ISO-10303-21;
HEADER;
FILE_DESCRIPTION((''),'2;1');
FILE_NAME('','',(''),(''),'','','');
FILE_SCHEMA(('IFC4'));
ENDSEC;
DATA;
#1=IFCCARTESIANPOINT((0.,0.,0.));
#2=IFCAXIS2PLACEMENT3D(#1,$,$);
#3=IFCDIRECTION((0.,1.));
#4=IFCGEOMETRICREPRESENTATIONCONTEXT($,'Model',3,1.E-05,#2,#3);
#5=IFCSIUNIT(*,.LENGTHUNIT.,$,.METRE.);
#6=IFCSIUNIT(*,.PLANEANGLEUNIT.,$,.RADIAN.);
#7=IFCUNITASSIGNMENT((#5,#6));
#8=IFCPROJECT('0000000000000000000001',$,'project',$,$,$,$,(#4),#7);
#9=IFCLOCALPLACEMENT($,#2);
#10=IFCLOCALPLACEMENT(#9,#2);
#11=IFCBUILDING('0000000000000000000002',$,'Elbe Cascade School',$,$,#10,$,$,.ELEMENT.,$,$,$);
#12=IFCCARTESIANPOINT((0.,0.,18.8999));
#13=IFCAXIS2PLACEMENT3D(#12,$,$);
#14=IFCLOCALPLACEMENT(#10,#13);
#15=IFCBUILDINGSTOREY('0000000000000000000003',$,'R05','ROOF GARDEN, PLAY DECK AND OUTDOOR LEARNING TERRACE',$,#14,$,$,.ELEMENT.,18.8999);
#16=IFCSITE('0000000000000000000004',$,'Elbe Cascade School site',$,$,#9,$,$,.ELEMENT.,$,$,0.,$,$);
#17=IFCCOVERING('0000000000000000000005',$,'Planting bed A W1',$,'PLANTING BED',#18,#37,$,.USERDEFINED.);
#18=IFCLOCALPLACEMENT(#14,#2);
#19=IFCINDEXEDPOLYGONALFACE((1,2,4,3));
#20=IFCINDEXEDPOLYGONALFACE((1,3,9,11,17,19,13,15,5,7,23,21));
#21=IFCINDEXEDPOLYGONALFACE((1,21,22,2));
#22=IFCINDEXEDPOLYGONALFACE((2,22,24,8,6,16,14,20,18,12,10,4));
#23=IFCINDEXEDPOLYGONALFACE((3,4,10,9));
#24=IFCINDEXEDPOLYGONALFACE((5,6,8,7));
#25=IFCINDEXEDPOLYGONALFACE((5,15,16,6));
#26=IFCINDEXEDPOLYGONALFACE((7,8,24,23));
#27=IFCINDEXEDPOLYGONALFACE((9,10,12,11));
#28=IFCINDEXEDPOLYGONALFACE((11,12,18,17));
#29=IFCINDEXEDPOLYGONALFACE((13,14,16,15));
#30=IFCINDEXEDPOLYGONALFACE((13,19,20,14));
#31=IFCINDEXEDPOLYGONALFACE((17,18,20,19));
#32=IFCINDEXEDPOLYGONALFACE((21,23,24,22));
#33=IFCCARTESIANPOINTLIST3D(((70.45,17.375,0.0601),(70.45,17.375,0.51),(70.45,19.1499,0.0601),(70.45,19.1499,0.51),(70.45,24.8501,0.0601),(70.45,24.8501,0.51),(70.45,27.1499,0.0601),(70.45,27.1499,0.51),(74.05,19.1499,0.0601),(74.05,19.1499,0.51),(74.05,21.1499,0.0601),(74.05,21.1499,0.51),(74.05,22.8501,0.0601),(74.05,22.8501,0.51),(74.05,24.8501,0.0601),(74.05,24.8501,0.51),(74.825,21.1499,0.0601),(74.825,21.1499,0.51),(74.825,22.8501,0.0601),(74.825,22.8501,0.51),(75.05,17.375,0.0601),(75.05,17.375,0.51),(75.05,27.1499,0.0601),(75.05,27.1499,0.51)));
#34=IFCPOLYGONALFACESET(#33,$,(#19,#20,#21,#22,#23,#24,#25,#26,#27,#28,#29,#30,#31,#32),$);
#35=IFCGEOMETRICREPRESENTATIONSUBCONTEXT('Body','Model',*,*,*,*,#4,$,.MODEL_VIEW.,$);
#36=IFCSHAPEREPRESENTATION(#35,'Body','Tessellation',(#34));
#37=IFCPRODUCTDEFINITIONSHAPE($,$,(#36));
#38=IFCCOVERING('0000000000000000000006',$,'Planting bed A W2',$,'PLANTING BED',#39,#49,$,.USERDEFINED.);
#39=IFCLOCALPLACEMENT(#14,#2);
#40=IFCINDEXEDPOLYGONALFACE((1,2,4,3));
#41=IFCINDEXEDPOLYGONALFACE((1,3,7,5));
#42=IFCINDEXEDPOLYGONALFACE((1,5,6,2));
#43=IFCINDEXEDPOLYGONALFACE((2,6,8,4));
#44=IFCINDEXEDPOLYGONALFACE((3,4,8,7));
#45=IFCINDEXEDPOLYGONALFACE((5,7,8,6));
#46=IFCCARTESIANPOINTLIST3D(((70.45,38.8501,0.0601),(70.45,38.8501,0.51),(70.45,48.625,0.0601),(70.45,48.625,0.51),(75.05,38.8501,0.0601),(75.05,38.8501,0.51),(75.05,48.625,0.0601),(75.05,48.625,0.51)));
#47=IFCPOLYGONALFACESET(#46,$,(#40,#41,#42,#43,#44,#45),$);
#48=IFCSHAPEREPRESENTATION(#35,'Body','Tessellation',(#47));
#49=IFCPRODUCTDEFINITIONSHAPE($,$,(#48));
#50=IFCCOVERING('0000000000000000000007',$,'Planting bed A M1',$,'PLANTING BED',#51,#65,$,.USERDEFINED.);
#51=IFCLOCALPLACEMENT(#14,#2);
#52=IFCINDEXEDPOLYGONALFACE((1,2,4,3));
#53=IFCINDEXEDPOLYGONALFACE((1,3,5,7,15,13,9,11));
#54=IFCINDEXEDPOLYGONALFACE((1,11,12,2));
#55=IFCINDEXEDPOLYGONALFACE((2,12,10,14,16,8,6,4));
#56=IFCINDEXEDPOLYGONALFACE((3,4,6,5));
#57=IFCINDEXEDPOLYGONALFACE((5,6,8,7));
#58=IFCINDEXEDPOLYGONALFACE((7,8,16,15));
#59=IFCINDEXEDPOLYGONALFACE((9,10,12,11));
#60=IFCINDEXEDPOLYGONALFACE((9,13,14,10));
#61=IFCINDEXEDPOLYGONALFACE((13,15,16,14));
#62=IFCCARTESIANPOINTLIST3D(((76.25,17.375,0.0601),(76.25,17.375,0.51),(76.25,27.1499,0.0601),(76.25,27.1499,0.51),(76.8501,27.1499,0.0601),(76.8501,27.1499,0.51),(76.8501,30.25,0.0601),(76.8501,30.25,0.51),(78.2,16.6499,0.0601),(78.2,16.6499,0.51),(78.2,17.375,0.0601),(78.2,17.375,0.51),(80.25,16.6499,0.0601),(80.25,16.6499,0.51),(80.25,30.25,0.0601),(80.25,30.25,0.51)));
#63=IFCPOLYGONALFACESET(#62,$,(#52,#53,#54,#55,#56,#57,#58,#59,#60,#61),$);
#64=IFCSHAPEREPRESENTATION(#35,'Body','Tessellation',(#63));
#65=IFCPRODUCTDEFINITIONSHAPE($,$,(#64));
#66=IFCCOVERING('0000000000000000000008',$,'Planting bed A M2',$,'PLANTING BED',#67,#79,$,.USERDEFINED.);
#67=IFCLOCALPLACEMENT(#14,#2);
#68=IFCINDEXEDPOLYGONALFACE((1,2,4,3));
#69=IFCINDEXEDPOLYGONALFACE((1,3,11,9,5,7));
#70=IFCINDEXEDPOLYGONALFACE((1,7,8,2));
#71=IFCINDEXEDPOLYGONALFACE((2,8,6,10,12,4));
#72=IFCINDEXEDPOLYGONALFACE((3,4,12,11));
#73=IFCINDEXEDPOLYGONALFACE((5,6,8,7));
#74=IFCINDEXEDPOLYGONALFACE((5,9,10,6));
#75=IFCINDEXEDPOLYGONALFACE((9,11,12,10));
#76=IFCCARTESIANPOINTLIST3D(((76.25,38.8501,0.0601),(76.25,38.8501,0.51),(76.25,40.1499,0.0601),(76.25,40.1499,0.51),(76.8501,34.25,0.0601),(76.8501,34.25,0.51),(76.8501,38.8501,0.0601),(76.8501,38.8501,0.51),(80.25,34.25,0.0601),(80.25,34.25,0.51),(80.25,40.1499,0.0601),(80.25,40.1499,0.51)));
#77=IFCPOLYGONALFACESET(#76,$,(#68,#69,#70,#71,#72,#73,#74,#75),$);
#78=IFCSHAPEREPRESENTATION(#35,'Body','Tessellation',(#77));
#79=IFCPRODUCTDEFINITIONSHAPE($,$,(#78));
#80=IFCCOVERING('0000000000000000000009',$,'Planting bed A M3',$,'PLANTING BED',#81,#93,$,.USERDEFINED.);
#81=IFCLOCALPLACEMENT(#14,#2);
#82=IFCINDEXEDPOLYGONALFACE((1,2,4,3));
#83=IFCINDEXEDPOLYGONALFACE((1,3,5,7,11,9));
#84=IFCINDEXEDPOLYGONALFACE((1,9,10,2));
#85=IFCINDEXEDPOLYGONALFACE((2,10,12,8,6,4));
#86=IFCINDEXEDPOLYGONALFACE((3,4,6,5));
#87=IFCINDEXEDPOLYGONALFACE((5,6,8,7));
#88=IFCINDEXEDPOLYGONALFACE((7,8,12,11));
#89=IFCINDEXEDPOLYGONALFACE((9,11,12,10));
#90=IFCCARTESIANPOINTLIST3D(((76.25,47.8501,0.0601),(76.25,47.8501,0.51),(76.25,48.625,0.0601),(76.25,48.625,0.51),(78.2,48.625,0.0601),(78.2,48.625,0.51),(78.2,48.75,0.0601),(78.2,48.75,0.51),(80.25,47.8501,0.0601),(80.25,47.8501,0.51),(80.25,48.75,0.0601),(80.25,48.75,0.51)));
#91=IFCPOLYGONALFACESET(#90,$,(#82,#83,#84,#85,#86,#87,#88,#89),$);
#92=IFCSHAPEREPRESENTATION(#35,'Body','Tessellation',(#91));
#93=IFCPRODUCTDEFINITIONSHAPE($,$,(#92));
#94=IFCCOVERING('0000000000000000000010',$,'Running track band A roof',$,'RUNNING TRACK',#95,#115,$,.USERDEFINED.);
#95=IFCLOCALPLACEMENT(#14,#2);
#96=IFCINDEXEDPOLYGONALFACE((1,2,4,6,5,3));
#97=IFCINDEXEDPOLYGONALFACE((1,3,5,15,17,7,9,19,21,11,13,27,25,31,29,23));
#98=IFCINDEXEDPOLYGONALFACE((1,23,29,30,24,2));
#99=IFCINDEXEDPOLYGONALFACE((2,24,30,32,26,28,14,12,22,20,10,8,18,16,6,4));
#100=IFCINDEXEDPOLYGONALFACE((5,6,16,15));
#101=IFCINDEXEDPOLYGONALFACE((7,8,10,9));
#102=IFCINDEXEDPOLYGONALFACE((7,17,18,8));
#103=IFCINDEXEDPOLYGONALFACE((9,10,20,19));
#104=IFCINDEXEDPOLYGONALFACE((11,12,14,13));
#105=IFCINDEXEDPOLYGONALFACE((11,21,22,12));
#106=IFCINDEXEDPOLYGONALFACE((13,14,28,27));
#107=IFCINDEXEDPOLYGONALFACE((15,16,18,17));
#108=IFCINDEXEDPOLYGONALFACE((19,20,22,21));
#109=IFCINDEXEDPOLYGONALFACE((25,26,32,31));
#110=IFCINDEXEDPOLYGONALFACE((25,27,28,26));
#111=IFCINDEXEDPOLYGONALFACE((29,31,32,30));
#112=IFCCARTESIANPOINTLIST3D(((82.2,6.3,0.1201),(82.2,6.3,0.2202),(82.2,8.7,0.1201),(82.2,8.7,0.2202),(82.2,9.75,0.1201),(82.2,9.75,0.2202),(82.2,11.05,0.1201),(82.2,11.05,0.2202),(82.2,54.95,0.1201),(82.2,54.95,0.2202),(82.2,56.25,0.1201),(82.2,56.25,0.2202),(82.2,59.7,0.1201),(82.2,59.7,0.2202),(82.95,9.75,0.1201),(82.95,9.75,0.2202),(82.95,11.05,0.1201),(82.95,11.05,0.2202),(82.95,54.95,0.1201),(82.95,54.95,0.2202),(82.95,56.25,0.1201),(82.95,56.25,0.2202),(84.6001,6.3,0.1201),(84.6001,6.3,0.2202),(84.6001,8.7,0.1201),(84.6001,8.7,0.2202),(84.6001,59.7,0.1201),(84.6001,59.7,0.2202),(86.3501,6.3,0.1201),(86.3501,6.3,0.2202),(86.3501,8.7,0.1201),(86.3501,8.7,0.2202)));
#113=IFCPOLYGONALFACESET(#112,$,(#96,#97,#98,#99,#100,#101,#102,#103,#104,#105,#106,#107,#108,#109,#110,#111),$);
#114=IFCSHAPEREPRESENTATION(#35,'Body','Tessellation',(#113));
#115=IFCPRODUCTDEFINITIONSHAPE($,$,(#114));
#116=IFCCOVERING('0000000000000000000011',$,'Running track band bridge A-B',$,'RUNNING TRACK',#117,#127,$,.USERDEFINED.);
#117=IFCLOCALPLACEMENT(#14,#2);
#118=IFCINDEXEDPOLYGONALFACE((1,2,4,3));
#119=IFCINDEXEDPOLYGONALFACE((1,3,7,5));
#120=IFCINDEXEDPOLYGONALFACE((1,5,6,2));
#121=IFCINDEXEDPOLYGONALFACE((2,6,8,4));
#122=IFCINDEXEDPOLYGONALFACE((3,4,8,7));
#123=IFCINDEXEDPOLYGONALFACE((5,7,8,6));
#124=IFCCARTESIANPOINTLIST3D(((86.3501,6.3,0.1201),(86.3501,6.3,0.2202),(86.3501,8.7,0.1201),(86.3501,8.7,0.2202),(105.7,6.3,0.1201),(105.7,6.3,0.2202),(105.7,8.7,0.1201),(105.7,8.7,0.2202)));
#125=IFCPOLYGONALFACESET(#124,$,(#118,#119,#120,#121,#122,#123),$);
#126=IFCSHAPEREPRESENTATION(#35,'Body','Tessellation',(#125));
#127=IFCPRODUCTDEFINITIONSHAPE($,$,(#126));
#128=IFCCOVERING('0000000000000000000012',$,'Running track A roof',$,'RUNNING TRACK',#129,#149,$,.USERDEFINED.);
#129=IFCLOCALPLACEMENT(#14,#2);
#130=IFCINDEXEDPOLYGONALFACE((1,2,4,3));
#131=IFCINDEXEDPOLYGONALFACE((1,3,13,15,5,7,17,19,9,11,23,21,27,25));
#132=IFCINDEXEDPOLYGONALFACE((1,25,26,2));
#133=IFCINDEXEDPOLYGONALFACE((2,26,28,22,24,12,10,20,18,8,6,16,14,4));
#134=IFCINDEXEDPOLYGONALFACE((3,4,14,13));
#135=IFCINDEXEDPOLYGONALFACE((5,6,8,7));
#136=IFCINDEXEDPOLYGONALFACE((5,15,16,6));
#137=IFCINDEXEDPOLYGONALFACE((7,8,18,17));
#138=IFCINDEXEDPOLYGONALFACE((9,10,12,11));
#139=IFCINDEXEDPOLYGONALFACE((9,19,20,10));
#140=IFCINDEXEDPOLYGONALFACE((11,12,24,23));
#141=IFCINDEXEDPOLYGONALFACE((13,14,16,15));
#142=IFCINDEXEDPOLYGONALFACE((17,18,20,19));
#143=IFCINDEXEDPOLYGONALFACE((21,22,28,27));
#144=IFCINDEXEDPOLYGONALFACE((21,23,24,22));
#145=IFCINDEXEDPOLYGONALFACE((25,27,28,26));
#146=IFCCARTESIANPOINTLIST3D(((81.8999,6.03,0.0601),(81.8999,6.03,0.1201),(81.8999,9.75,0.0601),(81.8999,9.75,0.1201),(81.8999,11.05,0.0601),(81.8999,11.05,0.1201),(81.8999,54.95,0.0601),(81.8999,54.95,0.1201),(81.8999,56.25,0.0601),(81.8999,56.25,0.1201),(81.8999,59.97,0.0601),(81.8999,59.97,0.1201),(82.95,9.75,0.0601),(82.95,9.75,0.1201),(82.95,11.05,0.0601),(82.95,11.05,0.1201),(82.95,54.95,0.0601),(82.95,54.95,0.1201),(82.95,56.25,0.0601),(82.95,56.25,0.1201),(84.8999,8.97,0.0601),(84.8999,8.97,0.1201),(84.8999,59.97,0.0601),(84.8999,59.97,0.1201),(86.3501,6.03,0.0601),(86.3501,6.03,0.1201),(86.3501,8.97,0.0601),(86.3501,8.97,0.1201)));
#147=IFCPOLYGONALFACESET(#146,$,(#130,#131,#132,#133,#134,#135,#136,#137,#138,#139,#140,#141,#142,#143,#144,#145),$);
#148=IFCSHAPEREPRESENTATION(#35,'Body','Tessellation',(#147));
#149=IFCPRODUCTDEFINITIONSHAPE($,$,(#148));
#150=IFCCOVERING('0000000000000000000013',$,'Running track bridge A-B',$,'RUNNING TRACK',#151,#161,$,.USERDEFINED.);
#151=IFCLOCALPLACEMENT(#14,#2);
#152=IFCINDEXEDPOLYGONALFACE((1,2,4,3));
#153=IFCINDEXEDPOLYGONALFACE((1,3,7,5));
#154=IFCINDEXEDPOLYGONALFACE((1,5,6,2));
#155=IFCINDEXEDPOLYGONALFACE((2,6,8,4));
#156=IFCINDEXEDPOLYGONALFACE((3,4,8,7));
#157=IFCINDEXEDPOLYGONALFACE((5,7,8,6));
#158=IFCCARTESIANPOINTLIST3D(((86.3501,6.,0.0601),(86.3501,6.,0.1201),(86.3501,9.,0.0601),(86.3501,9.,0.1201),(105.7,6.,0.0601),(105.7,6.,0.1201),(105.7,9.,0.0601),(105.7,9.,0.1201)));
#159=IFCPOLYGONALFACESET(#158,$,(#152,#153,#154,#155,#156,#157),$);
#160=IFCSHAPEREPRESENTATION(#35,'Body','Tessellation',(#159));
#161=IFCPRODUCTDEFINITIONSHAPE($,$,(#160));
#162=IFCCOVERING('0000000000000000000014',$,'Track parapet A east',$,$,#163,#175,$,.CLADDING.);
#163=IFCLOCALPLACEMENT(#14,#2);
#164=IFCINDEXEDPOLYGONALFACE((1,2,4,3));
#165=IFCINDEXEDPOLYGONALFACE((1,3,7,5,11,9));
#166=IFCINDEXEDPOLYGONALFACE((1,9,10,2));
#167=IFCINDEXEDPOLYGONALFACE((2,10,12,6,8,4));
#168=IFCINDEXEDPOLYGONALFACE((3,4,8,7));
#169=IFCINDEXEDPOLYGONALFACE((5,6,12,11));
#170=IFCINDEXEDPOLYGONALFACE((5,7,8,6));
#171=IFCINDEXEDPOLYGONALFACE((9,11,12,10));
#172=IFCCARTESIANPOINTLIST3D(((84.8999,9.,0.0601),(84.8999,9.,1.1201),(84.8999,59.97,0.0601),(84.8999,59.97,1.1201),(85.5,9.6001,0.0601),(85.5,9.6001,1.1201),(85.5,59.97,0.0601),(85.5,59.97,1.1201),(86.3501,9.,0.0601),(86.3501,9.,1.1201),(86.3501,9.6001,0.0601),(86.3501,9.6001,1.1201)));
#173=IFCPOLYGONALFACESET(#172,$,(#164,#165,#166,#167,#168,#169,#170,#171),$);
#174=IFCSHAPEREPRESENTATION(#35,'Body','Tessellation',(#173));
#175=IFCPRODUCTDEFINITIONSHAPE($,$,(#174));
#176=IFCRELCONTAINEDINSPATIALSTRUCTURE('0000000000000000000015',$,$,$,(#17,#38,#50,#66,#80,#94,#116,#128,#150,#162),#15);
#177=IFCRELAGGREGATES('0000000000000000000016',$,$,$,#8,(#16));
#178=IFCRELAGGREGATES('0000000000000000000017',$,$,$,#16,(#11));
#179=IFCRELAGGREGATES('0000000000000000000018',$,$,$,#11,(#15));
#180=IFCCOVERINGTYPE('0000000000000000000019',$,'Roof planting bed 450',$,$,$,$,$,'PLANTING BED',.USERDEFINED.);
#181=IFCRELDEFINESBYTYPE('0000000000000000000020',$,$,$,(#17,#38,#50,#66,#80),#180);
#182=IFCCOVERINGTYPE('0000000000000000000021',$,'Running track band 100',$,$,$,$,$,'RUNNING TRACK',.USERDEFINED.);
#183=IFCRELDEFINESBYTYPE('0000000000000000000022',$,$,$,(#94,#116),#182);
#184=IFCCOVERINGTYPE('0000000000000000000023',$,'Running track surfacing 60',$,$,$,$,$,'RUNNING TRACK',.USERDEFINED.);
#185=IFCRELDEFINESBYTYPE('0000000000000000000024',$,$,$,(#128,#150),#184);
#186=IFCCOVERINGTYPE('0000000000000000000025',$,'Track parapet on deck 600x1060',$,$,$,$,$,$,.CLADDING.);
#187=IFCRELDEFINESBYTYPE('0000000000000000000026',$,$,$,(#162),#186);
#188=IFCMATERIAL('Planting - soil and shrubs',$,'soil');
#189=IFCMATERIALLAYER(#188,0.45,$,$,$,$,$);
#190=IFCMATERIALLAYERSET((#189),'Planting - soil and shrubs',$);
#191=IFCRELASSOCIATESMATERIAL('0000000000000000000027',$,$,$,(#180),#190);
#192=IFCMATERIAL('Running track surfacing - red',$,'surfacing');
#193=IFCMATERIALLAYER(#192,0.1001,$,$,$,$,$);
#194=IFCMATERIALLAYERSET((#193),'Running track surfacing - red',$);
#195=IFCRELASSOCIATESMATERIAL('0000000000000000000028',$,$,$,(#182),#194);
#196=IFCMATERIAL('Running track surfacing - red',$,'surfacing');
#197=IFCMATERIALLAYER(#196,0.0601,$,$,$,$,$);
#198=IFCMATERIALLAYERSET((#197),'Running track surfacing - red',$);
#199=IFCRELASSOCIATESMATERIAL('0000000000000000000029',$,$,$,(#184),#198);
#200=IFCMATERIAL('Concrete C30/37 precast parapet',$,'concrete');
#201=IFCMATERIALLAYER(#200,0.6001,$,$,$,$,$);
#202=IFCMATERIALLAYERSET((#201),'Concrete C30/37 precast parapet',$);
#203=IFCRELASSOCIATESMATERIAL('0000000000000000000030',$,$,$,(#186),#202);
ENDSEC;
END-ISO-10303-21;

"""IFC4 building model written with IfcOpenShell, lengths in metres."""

from ifc_helpers import new_model, si_unit, direction, frame, origin, place, context, subcontext, project, spatial, polyline, outline, extrude, material, layer, layer_set, type_object, element, save


model = new_model("IFC4")

# Units and contexts
model_context = context("Model", 3, precision=1e-05, world=origin(), true_north=direction((0.0, 1.0)))
body_context = subcontext(model_context, "Body", "Model", "MODEL_VIEW")
ifc_project = project(units=[si_unit("LENGTHUNIT", "METRE"), si_unit("PLANEANGLEUNIT", "RADIAN")], contexts=[model_context])

# Site, building, storey
site_placement = place(None, origin())
site = spatial("IfcSite", under=ifc_project, at=site_placement, Name="Elbe Cascade School site", CompositionType="ELEMENT", RefElevation=0.0)
building_placement = place(site_placement, origin())
building = spatial("IfcBuilding", under=site, at=building_placement, Name="Elbe Cascade School", CompositionType="ELEMENT")
storey_placement = place(building_placement, frame((0.0, 0.0, 18.8999)))
storey = spatial("IfcBuildingStorey", under=building, at=storey_placement, Name="R05", Description="ROOF GARDEN, PLAY DECK AND OUTDOOR LEARNING TERRACE", CompositionType="ELEMENT", Elevation=18.8999)

# Coverings
ifc_material_1 = material(Name="Planting - soil and shrubs", Category="soil")
ifc_layer_1 = layer(ifc_material_1, 0.45)
ifc_layer_set_1 = layer_set([ifc_layer_1], Name="Planting - soil and shrubs")
covering_type_1 = type_object("IfcCoveringType", Name="Roof planting bed 450", ElementType="PLANTING BED", PredefinedType="USERDEFINED", material=ifc_layer_set_1)
covering_1_placement = place(storey_placement, frame((0.0, 0.0, 0.0601)))
element("IfcCovering", 1, at=covering_1_placement, inside=storey, type_object=covering_type_1, Name="Planting bed A W1", ObjectType="PLANTING BED", PredefinedType="USERDEFINED", context=body_context, shape_type="SweptSolid", body=[
    extrude(outline(polyline([(75.05, 17.375), (70.45, 17.375), (70.45, 19.1499), (74.05, 19.1499), (74.05, 21.1499), (74.825, 21.1499), (74.825, 22.8501), (74.05, 22.8501), (74.05, 24.8501), (70.45, 24.8501), (70.45, 27.1499), (75.05, 27.1499), (75.05, 17.375)])), origin(), (0.0, 0.0, 1.0), 0.45),
])
covering_2_placement = place(storey_placement, frame((0.0, 0.0, 0.0601)))
element("IfcCovering", 2, at=covering_2_placement, inside=storey, type_object=covering_type_1, Name="Planting bed A W2", ObjectType="PLANTING BED", PredefinedType="USERDEFINED", context=body_context, shape_type="SweptSolid", body=[
    extrude(outline(polyline([(75.05, 38.8501), (70.45, 38.8501), (70.45, 48.625), (75.05, 48.625), (75.05, 38.8501)])), origin(), (0.0, 0.0, 1.0), 0.45),
])
covering_3_placement = place(storey_placement, frame((0.0, 0.0, 0.0601)))
element("IfcCovering", 3, at=covering_3_placement, inside=storey, type_object=covering_type_1, Name="Planting bed A M1", ObjectType="PLANTING BED", PredefinedType="USERDEFINED", context=body_context, shape_type="SweptSolid", body=[
    extrude(outline(polyline([(80.25, 30.25), (80.25, 16.6499), (78.2, 16.6499), (78.2, 17.375), (76.25, 17.375), (76.25, 27.1499), (76.8501, 27.1499), (76.8501, 30.25), (80.25, 30.25)])), origin(), (0.0, 0.0, 1.0), 0.45),
])
covering_4_placement = place(storey_placement, frame((0.0, 0.0, 0.0601)))
element("IfcCovering", 4, at=covering_4_placement, inside=storey, type_object=covering_type_1, Name="Planting bed A M2", ObjectType="PLANTING BED", PredefinedType="USERDEFINED", context=body_context, shape_type="SweptSolid", body=[
    extrude(outline(polyline([(76.25, 40.1499), (80.25, 40.1499), (80.25, 34.25), (76.8501, 34.25), (76.8501, 38.8501), (76.25, 38.8501), (76.25, 40.1499)])), origin(), (0.0, 0.0, 1.0), 0.45),
])
covering_5_placement = place(storey_placement, frame((0.0, 0.0, 0.0601)))
element("IfcCovering", 5, at=covering_5_placement, inside=storey, type_object=covering_type_1, Name="Planting bed A M3", ObjectType="PLANTING BED", PredefinedType="USERDEFINED", context=body_context, shape_type="SweptSolid", body=[
    extrude(outline(polyline([(76.25, 47.8501), (76.25, 48.625), (78.2, 48.625), (78.2, 48.75), (80.25, 48.75), (80.25, 47.8501), (76.25, 47.8501)])), origin(), (0.0, 0.0, 1.0), 0.45),
])
ifc_material_2 = material(Name="Running track surfacing - red", Category="surfacing")
ifc_layer_2 = layer(ifc_material_2, 0.1001)
ifc_layer_set_2 = layer_set([ifc_layer_2], Name="Running track surfacing - red")
covering_type_2 = type_object("IfcCoveringType", Name="Running track band 100", ElementType="RUNNING TRACK", PredefinedType="USERDEFINED", material=ifc_layer_set_2)
covering_6_placement = place(storey_placement, frame((0.0, 0.0, 0.1201)))
element("IfcCovering", 6, at=covering_6_placement, inside=storey, type_object=covering_type_2, Name="Running track band A roof", ObjectType="RUNNING TRACK", PredefinedType="USERDEFINED", context=body_context, shape_type="SweptSolid", body=[
    extrude(outline(polyline([(84.6001, 6.3), (82.2, 6.3), (82.2, 8.7), (82.2, 9.75), (82.95, 9.75), (82.95, 11.05), (82.2, 11.05), (82.2, 54.95), (82.95, 54.95), (82.95, 56.25), (82.2, 56.25), (82.2, 59.7), (84.6001, 59.7), (84.6001, 8.7), (86.3501, 8.7), (86.3501, 6.3), (84.6001, 6.3)])), origin(), (0.0, 0.0, 1.0), 0.1001),
])
covering_7_placement = place(storey_placement, frame((0.0, 0.0, 0.1201)))
element("IfcCovering", 7, at=covering_7_placement, inside=storey, type_object=covering_type_2, Name="Running track band bridge A-B", ObjectType="RUNNING TRACK", PredefinedType="USERDEFINED", context=body_context, shape_type="SweptSolid", body=[
    extrude(outline(polyline([(105.7, 6.3), (105.7, 8.7), (86.3501, 8.7), (86.3501, 6.3), (105.7, 6.3)])), origin(), (0.0, 0.0, 1.0), 0.1001),
])
ifc_material_3 = material(Name="Running track surfacing - red", Category="surfacing")
ifc_layer_3 = layer(ifc_material_3, 0.0601)
ifc_layer_set_3 = layer_set([ifc_layer_3], Name="Running track surfacing - red")
covering_type_3 = type_object("IfcCoveringType", Name="Running track surfacing 60", ElementType="RUNNING TRACK", PredefinedType="USERDEFINED", material=ifc_layer_set_3)
covering_8_placement = place(storey_placement, frame((0.0, 0.0, 0.0601)))
element("IfcCovering", 8, at=covering_8_placement, inside=storey, type_object=covering_type_3, Name="Running track A roof", ObjectType="RUNNING TRACK", PredefinedType="USERDEFINED", context=body_context, shape_type="SweptSolid", body=[
    extrude(outline(polyline([(84.8999, 59.97), (84.8999, 8.97), (86.3501, 8.97), (86.3501, 6.03), (81.8999, 6.03), (81.8999, 9.75), (82.95, 9.75), (82.95, 11.05), (81.8999, 11.05), (81.8999, 54.95), (82.95, 54.95), (82.95, 56.25), (81.8999, 56.25), (81.8999, 59.97), (84.8999, 59.97)])), origin(), (0.0, 0.0, 1.0), 0.0601),
])
covering_9_placement = place(storey_placement, frame((0.0, 0.0, 0.0601)))
element("IfcCovering", 9, at=covering_9_placement, inside=storey, type_object=covering_type_3, Name="Running track bridge A-B", ObjectType="RUNNING TRACK", PredefinedType="USERDEFINED", context=body_context, shape_type="SweptSolid", body=[
    extrude(outline(polyline([(86.3501, 6.0), (105.7, 6.0), (105.7, 9.0), (86.3501, 9.0), (86.3501, 6.0)])), origin(), (0.0, 0.0, 1.0), 0.0601),
])
ifc_material_4 = material(Name="Concrete C30/37 precast parapet", Category="concrete")
ifc_layer_4 = layer(ifc_material_4, 0.6001)
ifc_layer_set_4 = layer_set([ifc_layer_4], Name="Concrete C30/37 precast parapet")
covering_type_4 = type_object("IfcCoveringType", Name="Track parapet on deck 600x1060", PredefinedType="CLADDING", material=ifc_layer_set_4)
covering_10_placement = place(storey_placement, frame((0.0, 0.0, 0.0601)))
element("IfcCovering", 10, at=covering_10_placement, inside=storey, type_object=covering_type_4, Name="Track parapet A east", PredefinedType="CLADDING", context=body_context, shape_type="SweptSolid", body=[
    extrude(outline(polyline([(84.8999, 59.97), (85.5, 59.97), (85.5, 9.6001), (86.3501, 9.6001), (86.3501, 9.0), (84.8999, 9.0), (84.8999, 59.97)])), origin(), (0.0, 0.0, 1.0), 1.0601),
])

save(model, "model.ifc")
